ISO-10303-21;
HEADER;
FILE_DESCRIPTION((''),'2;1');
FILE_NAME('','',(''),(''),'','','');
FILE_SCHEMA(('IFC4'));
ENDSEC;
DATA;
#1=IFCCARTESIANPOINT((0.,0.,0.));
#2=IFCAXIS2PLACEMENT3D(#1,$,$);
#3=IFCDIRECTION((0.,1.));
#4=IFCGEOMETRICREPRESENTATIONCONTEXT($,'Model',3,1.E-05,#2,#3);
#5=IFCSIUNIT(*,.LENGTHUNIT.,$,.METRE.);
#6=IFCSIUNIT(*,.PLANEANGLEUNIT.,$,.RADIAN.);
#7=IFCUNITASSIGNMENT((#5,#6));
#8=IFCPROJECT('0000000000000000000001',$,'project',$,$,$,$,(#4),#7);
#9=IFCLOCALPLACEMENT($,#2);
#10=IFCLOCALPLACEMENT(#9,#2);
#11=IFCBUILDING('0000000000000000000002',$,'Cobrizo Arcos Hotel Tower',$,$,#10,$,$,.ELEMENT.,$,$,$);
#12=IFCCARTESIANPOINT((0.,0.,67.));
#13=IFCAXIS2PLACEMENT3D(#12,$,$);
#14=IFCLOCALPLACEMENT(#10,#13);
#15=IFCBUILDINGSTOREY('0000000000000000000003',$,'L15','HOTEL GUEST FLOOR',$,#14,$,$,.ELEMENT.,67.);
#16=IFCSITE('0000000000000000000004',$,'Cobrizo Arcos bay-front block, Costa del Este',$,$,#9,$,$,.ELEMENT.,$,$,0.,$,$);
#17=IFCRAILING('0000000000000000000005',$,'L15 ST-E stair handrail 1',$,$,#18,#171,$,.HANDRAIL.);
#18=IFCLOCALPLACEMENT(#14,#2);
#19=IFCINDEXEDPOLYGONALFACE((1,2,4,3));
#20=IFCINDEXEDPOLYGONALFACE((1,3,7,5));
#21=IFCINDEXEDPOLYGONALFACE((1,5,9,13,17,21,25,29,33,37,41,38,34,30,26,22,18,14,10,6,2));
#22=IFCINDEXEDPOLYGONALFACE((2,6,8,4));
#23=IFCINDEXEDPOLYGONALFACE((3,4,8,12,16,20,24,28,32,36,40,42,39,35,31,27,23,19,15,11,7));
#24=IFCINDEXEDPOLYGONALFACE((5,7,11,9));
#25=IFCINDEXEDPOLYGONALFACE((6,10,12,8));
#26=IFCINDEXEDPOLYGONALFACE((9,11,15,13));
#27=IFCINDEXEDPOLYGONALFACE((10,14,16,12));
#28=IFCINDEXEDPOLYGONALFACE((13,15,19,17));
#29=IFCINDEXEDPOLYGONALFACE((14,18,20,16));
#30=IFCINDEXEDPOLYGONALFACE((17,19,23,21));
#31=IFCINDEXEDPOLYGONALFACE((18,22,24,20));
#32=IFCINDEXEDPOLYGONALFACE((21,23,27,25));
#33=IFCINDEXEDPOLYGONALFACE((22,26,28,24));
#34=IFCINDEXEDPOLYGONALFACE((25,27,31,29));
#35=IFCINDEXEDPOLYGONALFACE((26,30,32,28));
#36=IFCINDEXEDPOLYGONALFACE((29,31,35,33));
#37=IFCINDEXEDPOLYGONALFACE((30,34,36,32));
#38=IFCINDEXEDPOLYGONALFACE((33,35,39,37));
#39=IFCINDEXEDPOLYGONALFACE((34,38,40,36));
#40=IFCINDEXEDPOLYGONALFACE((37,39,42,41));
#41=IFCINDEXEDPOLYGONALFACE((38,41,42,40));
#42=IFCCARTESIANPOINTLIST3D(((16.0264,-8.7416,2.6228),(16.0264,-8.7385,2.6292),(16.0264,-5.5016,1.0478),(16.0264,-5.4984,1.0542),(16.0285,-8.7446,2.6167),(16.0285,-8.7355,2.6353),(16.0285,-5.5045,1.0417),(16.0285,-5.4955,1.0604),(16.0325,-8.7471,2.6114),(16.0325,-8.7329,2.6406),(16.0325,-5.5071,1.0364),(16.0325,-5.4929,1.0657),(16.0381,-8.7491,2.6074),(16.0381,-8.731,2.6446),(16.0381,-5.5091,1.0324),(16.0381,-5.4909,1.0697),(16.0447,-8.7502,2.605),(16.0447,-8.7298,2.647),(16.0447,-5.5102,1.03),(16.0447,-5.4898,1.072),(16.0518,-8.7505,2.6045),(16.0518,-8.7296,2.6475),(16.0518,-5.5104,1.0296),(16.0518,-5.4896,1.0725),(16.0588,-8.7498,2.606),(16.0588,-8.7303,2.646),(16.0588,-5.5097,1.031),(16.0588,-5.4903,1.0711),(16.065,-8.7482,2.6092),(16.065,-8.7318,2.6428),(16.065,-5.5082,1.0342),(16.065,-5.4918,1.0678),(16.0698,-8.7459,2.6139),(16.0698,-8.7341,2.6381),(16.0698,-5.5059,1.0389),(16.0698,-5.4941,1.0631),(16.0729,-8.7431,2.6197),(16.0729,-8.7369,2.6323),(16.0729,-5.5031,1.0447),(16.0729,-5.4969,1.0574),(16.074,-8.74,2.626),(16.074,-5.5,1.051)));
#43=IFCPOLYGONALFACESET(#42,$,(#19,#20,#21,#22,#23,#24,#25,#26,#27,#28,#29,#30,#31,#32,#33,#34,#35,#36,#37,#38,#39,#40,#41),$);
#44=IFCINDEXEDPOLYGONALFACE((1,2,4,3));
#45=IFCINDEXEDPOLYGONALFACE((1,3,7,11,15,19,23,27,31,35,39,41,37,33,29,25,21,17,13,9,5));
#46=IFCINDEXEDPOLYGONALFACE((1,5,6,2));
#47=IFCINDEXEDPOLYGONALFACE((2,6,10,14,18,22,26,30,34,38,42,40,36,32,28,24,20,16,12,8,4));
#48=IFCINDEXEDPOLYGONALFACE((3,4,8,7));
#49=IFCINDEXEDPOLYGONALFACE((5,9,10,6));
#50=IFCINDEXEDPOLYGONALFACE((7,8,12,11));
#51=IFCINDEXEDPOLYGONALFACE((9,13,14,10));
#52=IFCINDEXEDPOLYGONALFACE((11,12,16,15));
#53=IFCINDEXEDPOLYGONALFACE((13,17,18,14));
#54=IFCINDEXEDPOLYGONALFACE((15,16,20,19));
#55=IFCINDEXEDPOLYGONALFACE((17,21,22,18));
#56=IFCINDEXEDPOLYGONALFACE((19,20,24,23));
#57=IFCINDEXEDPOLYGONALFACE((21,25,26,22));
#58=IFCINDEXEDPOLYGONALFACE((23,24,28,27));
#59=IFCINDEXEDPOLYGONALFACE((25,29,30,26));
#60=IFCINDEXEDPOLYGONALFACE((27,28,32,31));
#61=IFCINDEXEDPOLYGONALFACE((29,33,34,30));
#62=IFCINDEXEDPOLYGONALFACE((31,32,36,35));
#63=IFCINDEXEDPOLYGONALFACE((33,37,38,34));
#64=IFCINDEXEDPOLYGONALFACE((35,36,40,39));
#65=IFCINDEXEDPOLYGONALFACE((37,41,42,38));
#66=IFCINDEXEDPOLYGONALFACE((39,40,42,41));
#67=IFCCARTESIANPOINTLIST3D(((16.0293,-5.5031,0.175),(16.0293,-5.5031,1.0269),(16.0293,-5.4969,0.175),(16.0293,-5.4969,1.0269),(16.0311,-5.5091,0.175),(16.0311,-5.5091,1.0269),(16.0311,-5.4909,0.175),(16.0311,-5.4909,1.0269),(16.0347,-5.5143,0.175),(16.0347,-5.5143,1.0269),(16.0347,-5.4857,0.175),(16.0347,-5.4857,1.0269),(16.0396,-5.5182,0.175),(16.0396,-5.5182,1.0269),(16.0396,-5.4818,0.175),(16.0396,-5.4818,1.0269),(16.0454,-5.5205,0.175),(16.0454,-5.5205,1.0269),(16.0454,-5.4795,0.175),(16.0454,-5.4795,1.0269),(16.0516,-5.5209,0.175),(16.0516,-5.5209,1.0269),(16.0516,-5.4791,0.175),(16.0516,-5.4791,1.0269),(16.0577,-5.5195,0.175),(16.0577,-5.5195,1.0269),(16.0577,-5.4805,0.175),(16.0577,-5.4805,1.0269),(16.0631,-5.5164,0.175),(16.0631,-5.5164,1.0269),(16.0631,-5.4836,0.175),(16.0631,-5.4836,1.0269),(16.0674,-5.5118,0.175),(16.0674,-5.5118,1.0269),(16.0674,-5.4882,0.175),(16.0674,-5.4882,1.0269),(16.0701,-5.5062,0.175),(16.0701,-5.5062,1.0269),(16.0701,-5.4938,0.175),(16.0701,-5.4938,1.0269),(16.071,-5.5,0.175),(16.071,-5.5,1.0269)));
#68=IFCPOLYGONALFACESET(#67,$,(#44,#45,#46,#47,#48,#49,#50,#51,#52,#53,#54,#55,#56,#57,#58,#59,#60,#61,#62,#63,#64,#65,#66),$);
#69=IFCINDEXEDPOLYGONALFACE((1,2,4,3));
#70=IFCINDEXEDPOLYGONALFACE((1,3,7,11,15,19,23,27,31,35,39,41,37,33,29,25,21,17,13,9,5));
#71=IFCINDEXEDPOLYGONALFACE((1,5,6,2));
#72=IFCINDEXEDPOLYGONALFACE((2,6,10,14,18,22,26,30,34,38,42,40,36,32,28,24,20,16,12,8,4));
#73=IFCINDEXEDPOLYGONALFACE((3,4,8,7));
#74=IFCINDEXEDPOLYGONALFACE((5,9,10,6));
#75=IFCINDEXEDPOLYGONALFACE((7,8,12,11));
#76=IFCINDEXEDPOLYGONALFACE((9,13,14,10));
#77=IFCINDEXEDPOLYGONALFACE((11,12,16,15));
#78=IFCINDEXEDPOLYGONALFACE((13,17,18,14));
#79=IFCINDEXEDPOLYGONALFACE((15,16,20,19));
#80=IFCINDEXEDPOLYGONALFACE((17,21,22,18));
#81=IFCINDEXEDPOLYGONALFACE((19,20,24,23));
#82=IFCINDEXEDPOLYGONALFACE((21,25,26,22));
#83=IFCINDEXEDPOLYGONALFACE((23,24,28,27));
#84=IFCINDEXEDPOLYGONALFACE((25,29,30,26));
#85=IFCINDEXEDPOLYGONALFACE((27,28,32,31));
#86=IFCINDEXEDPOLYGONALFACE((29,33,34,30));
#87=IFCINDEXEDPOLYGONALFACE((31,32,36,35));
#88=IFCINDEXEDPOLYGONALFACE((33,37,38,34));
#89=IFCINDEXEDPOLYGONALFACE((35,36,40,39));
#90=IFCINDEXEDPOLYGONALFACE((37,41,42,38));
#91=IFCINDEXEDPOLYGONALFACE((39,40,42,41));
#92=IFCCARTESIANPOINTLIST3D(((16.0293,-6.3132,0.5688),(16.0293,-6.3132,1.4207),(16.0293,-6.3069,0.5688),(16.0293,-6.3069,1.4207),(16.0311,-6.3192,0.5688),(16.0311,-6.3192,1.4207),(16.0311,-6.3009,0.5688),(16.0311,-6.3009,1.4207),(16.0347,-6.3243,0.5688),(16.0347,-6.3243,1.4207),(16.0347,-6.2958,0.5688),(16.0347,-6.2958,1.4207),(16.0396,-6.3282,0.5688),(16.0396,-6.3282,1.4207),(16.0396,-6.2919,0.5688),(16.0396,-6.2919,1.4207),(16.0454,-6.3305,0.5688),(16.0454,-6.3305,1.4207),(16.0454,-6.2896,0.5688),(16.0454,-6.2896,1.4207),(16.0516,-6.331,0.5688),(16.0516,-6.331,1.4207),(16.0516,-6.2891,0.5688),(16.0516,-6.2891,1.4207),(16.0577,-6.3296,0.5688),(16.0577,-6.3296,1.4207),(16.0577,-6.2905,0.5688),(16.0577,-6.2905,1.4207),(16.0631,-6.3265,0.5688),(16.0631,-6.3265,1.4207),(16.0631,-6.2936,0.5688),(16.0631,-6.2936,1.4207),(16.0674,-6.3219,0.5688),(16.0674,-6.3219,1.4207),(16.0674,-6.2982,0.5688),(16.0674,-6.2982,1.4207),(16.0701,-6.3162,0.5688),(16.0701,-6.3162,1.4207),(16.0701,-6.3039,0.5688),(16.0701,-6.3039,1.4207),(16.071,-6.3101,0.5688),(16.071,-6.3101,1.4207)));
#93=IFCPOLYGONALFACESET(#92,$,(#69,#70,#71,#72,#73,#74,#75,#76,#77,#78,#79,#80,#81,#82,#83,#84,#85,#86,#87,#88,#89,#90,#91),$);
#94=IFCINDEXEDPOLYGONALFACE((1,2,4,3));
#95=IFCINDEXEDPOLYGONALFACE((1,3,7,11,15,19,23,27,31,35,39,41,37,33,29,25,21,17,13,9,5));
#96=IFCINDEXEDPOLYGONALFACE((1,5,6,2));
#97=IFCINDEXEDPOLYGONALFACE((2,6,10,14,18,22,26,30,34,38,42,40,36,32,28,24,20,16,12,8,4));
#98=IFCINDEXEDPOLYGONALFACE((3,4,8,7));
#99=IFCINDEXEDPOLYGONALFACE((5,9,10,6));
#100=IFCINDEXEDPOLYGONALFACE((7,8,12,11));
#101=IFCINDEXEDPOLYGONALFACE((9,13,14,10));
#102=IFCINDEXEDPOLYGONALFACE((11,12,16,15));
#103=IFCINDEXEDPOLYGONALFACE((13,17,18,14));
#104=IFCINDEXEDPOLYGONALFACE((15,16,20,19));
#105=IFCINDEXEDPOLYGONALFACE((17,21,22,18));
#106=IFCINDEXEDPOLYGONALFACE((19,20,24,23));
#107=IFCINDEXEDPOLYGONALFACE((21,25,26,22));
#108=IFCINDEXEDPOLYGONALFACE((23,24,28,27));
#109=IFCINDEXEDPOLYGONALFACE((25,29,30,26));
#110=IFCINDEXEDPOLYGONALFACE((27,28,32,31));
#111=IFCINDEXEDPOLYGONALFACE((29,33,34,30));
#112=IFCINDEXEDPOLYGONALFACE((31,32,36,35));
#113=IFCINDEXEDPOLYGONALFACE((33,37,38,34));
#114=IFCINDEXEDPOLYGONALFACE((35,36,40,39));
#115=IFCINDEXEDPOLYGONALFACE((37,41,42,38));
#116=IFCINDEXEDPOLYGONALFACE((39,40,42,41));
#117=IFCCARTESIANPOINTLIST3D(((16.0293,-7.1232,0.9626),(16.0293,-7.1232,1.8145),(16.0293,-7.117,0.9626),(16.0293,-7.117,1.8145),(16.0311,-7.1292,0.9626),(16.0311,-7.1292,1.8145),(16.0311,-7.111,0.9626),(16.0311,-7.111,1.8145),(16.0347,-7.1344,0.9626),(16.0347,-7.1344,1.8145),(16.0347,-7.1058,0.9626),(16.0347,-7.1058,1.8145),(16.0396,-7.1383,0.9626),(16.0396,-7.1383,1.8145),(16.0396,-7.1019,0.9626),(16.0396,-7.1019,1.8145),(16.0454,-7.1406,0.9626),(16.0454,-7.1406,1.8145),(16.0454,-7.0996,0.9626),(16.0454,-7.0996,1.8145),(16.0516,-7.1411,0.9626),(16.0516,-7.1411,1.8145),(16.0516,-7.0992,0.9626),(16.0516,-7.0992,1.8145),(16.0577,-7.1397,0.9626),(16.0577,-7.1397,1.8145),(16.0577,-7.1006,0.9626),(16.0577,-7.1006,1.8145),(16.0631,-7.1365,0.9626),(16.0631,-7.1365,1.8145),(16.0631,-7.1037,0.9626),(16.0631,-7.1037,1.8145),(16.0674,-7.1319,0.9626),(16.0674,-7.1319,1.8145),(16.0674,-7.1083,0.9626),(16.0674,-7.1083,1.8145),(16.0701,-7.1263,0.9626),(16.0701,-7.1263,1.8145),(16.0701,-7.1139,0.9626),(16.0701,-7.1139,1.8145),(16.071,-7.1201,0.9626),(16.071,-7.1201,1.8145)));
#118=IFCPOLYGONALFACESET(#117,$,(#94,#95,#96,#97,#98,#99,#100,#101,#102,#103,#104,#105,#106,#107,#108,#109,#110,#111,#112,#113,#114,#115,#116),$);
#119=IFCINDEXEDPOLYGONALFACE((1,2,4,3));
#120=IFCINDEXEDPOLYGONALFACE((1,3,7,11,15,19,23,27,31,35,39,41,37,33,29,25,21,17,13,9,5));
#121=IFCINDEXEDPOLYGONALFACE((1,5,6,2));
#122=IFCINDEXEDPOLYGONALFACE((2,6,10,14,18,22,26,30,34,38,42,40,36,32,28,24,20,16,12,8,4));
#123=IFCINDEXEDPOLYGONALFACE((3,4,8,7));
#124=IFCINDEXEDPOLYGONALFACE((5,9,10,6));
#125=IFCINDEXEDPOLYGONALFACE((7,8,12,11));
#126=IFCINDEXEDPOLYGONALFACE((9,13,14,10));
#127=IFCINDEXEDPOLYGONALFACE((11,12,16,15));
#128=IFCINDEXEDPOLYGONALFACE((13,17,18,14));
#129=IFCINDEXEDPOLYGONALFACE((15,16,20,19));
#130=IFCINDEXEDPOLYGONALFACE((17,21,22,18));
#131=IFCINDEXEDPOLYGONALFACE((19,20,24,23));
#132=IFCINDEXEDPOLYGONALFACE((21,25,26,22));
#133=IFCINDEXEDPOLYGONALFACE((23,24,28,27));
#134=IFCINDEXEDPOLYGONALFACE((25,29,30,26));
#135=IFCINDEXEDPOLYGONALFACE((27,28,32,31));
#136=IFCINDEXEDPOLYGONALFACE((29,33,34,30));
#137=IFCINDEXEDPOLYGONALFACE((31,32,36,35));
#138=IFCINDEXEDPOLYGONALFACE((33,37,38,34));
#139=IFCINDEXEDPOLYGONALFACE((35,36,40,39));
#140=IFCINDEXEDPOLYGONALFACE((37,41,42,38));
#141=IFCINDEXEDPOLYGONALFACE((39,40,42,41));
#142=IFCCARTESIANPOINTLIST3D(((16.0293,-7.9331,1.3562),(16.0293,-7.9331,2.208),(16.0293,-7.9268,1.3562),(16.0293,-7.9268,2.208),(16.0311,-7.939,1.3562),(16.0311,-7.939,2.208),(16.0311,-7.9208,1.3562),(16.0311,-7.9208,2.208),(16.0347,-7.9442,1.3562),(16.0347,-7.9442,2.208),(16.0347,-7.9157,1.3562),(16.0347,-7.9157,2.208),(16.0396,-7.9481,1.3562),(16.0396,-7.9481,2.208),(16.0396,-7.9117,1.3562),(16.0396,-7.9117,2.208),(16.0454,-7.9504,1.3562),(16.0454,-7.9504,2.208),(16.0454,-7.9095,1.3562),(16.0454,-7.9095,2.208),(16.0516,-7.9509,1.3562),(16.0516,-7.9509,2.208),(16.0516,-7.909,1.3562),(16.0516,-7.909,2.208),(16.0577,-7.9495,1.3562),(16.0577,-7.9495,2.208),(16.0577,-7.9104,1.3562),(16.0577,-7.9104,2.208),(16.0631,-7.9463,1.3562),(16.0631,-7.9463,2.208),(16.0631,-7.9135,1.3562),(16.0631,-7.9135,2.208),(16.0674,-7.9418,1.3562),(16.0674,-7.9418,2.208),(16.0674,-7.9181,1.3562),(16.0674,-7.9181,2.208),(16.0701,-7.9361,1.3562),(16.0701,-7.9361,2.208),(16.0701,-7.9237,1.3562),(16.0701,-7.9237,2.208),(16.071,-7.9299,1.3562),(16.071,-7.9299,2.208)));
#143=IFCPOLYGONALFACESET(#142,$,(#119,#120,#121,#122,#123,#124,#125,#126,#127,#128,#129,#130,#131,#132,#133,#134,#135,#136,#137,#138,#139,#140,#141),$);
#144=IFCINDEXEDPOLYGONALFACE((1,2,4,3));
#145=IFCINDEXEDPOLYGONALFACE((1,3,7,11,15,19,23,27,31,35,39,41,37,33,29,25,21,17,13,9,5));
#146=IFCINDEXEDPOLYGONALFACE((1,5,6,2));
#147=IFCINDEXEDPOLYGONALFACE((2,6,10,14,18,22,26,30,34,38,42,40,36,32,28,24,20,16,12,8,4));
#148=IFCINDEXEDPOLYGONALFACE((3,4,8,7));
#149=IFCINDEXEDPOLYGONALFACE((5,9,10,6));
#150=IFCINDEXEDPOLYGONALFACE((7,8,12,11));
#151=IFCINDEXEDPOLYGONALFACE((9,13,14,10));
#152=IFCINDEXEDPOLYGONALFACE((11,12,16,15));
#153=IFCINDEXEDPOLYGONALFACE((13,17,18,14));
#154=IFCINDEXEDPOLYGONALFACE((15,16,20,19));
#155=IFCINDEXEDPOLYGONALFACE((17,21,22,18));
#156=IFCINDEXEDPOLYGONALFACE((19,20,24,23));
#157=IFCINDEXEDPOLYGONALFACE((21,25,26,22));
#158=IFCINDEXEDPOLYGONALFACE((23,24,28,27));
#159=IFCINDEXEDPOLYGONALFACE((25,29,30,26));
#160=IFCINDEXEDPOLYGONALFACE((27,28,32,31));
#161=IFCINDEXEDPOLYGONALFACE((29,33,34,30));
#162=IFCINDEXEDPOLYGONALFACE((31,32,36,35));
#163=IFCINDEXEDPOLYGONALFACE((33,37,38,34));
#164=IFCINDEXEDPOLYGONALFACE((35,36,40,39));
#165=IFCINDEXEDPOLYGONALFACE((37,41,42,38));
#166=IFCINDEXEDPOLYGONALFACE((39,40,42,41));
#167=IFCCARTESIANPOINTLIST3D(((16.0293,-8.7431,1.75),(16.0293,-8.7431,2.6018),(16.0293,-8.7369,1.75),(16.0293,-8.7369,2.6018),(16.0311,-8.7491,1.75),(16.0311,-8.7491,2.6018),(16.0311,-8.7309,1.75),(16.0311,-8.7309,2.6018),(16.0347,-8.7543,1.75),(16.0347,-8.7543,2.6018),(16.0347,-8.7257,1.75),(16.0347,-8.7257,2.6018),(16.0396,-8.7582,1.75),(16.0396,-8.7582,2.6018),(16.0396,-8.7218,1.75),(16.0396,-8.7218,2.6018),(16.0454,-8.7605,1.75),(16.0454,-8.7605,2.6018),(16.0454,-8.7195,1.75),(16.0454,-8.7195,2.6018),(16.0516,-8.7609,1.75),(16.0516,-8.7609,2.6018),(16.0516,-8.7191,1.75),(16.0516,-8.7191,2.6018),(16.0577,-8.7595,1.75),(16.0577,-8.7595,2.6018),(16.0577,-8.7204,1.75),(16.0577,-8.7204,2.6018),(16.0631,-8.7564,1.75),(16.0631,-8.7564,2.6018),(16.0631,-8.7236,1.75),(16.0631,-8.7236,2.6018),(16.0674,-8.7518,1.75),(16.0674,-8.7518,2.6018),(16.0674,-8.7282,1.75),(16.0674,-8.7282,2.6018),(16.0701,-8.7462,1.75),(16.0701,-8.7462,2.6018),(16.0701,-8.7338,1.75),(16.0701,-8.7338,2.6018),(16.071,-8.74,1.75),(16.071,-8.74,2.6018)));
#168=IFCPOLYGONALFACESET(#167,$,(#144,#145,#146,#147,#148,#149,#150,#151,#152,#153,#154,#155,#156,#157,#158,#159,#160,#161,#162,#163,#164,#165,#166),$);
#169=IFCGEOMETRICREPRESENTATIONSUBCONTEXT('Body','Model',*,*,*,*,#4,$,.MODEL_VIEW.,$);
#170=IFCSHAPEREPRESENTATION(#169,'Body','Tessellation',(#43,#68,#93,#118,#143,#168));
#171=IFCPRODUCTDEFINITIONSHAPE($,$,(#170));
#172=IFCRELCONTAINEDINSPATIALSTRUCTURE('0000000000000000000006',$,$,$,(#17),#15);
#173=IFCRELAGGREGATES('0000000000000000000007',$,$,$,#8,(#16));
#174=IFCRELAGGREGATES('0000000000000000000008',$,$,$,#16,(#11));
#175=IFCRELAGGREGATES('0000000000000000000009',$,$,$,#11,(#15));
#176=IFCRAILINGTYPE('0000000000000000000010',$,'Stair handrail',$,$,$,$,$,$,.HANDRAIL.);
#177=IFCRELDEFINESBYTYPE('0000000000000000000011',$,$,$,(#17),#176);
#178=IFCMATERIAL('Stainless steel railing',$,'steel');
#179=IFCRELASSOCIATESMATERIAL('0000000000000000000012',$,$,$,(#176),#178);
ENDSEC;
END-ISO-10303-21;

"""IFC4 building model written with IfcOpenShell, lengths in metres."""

from ifc_helpers import new_model, si_unit, direction, frame, origin, origin_2d, place, context, subcontext, project, spatial, circle, extrude, material, type_object, element, save


model = new_model("IFC4")

# Units and contexts
model_context = context("Model", 3, precision=1e-05, world=origin(), true_north=direction((0.0, 1.0)))
body_context = subcontext(model_context, "Body", "Model", "MODEL_VIEW")
ifc_project = project(units=[si_unit("LENGTHUNIT", "METRE"), si_unit("PLANEANGLEUNIT", "RADIAN")], contexts=[model_context])

# Site, building, storey
site_placement = place(None, origin())
site = spatial("IfcSite", under=ifc_project, at=site_placement, Name="Cobrizo Arcos bay-front block, Costa del Este", CompositionType="ELEMENT", RefElevation=0.0)
building_placement = place(site_placement, origin())
building = spatial("IfcBuilding", under=site, at=building_placement, Name="Cobrizo Arcos Hotel Tower", CompositionType="ELEMENT")
storey_placement = place(building_placement, frame((0.0, 0.0, 67.0)))
storey = spatial("IfcBuildingStorey", under=building, at=storey_placement, Name="L15", Description="HOTEL GUEST FLOOR", CompositionType="ELEMENT", Elevation=67.0)

# Railing
ifc_material_1 = material(Name="Stainless steel railing", Category="steel")
railing_type_1 = type_object("IfcRailingType", Name="Stair handrail", PredefinedType="HANDRAIL", material=ifc_material_1)
railing_1_placement = place(storey_placement, frame((16.05, -5.5, 0.175)))
element("IfcRailing", 1, at=railing_1_placement, inside=storey, type_object=railing_type_1, Name="L15 ST-E stair handrail 1", PredefinedType="HANDRAIL", context=body_context, shape_type="SweptSolid", body=[
    extrude(circle(Radius=0.0239, at=origin_2d()), frame((0.0, 0.0, 0.876), z_axis=(0.0, -0.899373, 0.437183), x_axis=(1.0, 0.0, 0.0)), (0.0, 0.0, 1.0), 3.6025),
    extrude(circle(Radius=0.021, at=origin_2d()), origin(), (0.0, 0.0, 1.0), 0.8518),
    extrude(circle(Radius=0.021, at=origin_2d()), frame((0.0, -0.8101, 0.3938)), (0.0, 0.0, 1.0), 0.8518),
    extrude(circle(Radius=0.021, at=origin_2d()), frame((0.0, -1.6201, 0.7876)), (0.0, 0.0, 1.0), 0.8518),
    extrude(circle(Radius=0.021, at=origin_2d()), frame((0.0, -2.4299, 1.1812)), (0.0, 0.0, 1.0), 0.8518),
    extrude(circle(Radius=0.021, at=origin_2d()), frame((0.0, -3.24, 1.575)), (0.0, 0.0, 1.0), 0.8518),
])

save(model, "model.ifc")
